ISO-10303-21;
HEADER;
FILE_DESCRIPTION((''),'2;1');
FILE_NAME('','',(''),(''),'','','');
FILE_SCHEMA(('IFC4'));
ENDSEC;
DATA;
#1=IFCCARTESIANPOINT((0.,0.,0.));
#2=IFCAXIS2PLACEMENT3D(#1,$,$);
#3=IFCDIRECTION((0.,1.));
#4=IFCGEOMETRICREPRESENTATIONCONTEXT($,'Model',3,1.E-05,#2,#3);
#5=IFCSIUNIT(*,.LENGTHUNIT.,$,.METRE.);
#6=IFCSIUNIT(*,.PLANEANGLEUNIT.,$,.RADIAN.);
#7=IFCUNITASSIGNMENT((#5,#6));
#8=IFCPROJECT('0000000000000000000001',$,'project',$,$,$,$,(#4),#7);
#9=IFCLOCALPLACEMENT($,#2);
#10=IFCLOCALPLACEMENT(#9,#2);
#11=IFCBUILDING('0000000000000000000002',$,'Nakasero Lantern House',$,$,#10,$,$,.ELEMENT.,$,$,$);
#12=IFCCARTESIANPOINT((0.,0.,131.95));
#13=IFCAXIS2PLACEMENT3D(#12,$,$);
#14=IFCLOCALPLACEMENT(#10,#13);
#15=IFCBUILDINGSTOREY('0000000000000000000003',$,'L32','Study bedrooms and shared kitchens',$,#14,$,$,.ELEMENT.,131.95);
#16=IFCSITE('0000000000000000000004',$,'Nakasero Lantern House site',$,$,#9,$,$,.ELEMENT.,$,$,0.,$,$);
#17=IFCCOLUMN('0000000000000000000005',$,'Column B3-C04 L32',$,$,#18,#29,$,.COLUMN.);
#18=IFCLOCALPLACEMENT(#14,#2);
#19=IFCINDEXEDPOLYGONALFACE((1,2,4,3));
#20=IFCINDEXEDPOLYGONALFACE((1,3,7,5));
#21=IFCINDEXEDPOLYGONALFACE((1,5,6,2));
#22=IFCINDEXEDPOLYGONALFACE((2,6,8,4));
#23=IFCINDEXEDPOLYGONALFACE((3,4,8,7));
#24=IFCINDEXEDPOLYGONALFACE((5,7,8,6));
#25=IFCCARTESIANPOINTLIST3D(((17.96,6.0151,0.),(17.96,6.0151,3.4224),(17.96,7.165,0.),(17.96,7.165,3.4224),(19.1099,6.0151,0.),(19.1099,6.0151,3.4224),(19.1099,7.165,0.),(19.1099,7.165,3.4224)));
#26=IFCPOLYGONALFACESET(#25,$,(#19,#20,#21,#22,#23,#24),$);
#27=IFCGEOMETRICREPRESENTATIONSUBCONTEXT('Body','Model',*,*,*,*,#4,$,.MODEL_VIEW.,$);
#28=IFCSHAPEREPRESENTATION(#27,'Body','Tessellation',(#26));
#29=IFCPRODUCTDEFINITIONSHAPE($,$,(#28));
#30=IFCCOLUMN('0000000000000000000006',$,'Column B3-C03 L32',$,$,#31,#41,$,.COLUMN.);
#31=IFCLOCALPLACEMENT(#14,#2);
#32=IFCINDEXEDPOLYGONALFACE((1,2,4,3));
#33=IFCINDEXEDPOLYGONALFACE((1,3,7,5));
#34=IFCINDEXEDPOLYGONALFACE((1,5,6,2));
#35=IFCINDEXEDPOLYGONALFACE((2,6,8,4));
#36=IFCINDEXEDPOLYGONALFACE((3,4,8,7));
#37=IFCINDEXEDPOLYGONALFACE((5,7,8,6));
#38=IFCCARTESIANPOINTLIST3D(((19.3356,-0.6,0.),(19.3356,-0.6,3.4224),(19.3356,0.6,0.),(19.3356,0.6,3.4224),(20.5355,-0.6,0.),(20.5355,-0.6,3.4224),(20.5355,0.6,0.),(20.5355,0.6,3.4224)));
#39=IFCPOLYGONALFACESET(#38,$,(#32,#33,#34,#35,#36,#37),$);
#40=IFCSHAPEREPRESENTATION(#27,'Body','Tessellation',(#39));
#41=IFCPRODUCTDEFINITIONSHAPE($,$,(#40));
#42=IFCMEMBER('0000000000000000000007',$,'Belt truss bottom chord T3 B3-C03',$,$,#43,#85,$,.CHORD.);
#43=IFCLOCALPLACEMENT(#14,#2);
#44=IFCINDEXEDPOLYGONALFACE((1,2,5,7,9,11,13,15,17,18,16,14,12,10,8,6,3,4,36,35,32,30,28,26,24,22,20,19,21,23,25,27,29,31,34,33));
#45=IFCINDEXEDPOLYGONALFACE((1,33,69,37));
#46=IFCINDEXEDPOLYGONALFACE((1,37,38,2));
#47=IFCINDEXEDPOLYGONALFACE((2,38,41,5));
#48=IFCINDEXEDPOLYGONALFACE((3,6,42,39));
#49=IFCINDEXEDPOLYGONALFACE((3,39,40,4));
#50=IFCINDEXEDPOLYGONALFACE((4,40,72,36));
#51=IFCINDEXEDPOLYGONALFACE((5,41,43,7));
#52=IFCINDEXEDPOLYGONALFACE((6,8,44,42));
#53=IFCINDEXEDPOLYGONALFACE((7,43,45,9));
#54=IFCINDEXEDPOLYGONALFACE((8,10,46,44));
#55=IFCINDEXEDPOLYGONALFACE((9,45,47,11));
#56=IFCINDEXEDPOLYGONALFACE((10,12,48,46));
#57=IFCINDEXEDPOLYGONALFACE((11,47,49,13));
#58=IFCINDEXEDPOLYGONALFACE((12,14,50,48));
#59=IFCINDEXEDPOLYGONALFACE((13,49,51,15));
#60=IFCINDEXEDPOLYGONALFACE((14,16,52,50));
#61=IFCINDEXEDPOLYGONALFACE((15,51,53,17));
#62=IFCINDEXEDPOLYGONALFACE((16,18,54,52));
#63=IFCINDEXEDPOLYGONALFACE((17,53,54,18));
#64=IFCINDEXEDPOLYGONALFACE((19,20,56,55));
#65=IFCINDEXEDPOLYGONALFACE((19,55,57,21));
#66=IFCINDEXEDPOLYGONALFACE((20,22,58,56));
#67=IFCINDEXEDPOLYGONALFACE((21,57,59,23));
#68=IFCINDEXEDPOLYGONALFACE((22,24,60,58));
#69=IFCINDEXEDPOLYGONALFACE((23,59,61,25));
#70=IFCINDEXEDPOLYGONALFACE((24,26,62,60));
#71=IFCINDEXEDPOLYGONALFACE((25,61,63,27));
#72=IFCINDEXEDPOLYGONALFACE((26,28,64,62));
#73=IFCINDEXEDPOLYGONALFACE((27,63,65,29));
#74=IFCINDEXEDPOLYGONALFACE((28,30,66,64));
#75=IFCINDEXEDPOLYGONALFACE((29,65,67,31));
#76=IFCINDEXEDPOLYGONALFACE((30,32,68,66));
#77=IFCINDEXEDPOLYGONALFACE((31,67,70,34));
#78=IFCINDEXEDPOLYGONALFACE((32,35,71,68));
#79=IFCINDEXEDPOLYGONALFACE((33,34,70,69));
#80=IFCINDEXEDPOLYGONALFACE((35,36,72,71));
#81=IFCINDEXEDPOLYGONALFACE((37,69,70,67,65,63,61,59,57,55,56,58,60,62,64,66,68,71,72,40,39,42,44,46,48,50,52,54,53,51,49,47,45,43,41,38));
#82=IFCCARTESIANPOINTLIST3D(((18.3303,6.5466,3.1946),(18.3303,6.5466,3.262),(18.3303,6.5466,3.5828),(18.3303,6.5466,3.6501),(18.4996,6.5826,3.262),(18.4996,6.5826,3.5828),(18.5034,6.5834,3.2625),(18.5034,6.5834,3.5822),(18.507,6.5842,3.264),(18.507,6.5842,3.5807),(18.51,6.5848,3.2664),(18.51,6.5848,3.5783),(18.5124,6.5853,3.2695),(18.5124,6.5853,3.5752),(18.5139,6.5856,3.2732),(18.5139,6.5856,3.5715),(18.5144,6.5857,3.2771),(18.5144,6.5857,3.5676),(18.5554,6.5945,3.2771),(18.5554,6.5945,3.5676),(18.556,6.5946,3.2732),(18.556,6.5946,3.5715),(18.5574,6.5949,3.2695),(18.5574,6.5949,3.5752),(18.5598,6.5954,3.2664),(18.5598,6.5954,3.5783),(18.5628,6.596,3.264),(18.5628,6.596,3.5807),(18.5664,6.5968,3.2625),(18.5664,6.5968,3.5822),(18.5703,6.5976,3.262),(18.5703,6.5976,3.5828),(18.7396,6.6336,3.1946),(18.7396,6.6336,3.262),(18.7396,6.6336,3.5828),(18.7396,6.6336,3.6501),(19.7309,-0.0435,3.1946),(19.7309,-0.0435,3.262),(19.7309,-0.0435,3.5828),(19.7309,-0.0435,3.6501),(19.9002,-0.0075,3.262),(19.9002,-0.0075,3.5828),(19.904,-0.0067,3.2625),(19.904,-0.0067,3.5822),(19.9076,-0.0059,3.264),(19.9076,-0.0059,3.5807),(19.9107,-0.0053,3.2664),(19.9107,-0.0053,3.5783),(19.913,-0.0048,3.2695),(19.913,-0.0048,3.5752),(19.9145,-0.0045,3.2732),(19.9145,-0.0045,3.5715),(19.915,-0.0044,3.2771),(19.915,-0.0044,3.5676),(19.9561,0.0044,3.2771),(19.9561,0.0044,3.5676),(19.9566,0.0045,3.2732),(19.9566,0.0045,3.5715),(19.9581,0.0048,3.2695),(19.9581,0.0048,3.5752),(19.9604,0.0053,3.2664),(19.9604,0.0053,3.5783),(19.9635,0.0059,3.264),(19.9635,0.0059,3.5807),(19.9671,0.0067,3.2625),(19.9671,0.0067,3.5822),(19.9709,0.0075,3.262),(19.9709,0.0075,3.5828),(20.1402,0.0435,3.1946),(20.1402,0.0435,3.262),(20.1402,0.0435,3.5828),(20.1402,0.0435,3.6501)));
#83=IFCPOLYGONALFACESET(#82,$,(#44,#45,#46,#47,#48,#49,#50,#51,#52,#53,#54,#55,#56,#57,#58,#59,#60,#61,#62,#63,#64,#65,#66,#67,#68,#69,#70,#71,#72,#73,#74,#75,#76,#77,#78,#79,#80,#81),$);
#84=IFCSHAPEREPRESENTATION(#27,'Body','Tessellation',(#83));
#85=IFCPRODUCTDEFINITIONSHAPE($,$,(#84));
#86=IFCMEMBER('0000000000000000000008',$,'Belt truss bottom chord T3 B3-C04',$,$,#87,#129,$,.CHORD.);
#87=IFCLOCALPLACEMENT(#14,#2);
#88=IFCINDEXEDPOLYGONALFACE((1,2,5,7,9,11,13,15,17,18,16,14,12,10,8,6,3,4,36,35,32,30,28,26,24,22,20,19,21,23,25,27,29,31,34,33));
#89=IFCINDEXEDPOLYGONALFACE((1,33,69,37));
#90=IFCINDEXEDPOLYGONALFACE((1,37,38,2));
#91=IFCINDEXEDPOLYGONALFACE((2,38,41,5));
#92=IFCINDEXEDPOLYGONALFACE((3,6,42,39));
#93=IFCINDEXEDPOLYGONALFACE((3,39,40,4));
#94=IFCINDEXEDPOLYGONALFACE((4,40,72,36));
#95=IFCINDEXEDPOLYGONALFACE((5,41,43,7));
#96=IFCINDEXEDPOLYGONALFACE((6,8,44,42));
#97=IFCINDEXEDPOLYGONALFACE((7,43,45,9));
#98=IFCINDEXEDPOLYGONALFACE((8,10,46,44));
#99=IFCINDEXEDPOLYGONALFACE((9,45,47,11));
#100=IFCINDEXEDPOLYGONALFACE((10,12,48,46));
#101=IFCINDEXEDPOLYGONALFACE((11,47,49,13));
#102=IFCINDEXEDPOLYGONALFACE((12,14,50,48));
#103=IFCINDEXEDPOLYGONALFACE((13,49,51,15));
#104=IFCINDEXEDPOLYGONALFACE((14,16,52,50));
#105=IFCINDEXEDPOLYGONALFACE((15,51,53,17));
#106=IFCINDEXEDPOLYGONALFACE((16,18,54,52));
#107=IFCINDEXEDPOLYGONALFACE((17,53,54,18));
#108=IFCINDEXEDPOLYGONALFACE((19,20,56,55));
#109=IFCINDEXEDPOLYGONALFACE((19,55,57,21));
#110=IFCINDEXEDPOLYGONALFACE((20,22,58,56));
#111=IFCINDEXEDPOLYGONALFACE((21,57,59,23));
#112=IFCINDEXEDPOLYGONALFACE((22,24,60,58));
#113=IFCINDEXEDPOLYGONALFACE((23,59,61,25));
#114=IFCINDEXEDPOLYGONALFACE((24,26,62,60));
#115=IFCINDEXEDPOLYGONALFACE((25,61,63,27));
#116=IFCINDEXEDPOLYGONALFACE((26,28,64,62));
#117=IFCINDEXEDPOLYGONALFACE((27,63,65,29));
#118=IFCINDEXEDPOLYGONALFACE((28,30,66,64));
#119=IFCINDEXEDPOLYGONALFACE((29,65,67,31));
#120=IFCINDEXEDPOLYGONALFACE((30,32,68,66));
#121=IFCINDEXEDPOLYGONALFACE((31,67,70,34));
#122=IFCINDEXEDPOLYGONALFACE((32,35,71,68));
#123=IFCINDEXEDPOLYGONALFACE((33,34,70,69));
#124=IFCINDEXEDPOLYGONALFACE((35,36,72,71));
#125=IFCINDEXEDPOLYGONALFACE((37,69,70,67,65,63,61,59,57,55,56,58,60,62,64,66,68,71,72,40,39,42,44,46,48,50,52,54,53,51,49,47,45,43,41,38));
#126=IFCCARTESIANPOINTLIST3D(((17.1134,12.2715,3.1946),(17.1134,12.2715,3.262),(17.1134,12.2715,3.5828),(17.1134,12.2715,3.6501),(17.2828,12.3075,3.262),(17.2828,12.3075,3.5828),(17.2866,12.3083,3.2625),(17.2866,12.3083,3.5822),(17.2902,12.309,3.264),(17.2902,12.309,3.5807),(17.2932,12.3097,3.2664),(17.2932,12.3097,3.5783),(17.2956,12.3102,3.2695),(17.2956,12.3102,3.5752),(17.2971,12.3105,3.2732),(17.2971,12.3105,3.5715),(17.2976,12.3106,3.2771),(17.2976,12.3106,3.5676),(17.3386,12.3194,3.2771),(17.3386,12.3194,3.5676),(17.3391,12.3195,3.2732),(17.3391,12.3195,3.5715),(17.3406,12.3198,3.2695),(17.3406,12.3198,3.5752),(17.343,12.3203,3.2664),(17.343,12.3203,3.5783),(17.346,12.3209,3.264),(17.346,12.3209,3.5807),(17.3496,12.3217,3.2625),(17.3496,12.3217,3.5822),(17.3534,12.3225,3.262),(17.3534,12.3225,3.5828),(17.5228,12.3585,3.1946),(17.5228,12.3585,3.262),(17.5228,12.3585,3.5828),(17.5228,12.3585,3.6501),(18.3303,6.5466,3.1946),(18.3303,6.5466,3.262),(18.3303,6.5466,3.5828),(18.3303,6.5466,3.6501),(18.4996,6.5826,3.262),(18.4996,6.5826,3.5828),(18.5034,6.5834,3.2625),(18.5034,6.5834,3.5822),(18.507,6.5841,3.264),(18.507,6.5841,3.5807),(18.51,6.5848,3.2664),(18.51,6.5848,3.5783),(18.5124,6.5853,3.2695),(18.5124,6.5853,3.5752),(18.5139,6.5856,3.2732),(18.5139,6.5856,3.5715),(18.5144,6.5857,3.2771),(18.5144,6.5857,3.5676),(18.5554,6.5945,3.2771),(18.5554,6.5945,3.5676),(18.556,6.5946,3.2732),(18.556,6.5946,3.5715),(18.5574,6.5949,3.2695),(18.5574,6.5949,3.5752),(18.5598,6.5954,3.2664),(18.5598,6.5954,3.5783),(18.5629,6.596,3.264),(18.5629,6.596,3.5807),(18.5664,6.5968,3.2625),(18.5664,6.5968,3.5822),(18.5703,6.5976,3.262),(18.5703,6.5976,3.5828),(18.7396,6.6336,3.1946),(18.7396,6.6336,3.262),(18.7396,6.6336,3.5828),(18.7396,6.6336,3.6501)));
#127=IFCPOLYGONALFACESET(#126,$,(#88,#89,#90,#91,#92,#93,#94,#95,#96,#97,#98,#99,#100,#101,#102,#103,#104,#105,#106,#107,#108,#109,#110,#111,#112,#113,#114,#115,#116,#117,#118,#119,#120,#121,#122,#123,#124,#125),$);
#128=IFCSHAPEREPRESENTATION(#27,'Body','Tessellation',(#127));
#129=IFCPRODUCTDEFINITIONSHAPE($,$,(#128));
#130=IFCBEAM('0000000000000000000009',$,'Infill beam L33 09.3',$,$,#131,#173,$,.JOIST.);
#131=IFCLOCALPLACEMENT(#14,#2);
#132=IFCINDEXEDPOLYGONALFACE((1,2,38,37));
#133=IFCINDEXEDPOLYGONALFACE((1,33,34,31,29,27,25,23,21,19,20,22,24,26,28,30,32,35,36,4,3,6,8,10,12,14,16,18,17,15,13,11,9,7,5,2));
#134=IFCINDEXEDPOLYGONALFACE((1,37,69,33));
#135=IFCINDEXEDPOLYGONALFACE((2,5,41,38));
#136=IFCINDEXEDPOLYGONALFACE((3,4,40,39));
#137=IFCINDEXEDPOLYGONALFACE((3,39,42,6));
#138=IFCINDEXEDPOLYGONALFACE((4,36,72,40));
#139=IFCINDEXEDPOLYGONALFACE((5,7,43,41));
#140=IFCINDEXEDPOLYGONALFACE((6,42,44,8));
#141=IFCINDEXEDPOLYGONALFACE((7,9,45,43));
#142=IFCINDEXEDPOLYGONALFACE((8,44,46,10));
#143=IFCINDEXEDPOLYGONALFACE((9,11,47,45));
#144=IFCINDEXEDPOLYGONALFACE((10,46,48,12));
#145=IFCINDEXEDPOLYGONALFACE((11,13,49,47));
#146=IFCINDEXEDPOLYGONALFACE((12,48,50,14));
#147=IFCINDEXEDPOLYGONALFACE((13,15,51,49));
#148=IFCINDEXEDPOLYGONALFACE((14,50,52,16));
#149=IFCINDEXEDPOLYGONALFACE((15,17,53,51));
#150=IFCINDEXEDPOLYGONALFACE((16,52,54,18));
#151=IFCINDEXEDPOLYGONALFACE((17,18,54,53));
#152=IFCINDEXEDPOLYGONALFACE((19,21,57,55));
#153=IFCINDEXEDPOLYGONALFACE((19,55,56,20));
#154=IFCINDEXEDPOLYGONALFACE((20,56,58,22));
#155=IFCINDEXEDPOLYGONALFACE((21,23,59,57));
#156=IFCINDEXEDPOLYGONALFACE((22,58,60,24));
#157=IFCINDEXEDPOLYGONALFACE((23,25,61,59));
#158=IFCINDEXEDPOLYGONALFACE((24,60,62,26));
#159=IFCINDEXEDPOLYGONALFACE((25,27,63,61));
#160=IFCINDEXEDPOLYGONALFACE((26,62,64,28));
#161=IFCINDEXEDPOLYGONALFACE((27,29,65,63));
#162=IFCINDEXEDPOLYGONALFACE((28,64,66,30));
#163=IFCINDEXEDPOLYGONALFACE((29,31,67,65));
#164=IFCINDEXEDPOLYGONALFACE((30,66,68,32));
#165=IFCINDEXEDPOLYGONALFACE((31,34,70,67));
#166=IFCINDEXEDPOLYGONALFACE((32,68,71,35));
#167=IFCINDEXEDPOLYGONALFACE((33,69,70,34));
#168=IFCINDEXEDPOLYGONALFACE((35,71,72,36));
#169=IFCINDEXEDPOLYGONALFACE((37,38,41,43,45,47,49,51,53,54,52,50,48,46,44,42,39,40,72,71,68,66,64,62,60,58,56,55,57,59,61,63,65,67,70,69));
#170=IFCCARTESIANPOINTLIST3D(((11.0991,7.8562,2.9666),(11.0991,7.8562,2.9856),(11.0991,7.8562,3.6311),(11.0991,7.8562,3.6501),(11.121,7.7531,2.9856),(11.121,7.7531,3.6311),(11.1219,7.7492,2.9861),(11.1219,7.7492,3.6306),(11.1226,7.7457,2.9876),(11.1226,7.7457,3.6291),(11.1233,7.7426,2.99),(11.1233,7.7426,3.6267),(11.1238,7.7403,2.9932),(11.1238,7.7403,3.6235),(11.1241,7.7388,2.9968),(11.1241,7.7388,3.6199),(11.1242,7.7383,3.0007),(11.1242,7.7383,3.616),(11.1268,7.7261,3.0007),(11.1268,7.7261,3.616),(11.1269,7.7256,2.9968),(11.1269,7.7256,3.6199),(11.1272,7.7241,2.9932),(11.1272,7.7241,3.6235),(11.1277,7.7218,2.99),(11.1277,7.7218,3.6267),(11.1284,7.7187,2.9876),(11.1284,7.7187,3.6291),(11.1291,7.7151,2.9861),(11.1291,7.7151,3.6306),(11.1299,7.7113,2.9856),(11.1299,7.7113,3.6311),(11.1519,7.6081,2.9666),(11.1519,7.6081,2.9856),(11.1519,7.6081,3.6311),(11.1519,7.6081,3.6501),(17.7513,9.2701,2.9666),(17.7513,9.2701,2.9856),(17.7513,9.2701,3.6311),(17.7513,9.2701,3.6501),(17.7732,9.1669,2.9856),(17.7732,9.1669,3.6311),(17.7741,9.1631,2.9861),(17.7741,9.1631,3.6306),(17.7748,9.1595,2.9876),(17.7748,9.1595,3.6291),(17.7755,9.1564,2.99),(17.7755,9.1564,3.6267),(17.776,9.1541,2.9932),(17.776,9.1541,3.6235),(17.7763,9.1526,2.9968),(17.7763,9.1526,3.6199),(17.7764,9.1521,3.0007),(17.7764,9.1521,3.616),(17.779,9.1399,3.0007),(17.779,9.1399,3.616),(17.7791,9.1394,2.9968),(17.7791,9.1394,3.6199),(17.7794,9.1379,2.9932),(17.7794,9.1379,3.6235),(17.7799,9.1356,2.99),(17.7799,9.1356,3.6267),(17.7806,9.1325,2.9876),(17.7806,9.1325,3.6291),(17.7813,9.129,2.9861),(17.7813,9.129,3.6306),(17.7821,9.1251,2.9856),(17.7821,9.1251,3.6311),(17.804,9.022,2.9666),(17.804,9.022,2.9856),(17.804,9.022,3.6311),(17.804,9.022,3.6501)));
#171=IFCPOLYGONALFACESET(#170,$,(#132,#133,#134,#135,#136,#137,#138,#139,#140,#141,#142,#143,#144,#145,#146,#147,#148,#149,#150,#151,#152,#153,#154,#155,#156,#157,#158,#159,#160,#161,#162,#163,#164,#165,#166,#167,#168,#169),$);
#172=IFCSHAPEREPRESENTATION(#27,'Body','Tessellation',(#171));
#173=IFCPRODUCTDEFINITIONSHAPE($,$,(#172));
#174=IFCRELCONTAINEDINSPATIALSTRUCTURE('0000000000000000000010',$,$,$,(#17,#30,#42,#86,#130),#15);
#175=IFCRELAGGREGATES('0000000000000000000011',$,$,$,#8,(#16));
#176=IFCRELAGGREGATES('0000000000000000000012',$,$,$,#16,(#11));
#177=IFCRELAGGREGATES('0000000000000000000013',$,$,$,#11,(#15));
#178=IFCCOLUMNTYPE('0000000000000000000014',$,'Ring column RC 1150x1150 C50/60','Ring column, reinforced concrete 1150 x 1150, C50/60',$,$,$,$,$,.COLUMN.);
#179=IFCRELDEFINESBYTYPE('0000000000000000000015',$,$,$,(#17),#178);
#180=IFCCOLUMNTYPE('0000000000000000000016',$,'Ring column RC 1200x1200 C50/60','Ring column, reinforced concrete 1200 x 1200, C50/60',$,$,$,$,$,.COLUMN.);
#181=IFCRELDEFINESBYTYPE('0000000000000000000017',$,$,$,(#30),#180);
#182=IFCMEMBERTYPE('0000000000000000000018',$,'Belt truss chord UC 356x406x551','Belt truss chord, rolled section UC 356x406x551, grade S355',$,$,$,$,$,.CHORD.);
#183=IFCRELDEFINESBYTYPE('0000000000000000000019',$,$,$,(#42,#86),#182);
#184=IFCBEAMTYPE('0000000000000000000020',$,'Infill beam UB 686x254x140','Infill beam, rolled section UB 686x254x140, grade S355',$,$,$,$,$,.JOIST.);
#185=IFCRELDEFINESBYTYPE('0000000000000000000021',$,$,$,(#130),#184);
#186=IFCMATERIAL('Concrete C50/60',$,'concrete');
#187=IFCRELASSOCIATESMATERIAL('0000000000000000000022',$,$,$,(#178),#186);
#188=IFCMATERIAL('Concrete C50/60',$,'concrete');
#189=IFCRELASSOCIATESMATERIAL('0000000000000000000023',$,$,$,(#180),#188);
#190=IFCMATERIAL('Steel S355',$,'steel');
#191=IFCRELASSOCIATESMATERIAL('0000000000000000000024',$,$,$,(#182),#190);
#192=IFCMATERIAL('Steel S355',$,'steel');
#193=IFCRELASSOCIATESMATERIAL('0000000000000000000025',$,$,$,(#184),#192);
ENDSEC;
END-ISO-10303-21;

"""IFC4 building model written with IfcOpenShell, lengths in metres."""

from ifc_helpers import new_model, si_unit, direction, frame, origin, origin_2d, place, context, subcontext, project, spatial, rectangle, i_section, extrude, material, material_profile, profile_set, type_object, element, save


model = new_model("IFC4")

# Units and contexts
model_context = context("Model", 3, precision=1e-05, world=origin(), true_north=direction((0.0, 1.0)))
body_context = subcontext(model_context, "Body", "Model", "MODEL_VIEW")
ifc_project = project(units=[si_unit("LENGTHUNIT", "METRE"), si_unit("PLANEANGLEUNIT", "RADIAN")], contexts=[model_context])

# Site, building, storey
site_placement = place(None, origin())
site = spatial("IfcSite", under=ifc_project, at=site_placement, Name="Nakasero Lantern House site", CompositionType="ELEMENT", RefElevation=0.0)
building_placement = place(site_placement, origin())
building = spatial("IfcBuilding", under=site, at=building_placement, Name="Nakasero Lantern House", CompositionType="ELEMENT")
storey_placement = place(building_placement, frame((0.0, 0.0, 131.95)))
storey = spatial("IfcBuildingStorey", under=building, at=storey_placement, Name="L32", Description="Study bedrooms and shared kitchens", CompositionType="ELEMENT", Elevation=131.95)

# Columns
ifc_material_1 = material(Name="Concrete C50/60", Category="concrete")
ifc_material_profile_1 = material_profile(ifc_material_1, rectangle(XDim=1.1499, YDim=1.1499, at=origin_2d()), Name="RC 1150x1150")
ifc_profile_set_1 = profile_set([ifc_material_profile_1], Name="Concrete C50/60")
column_type_1 = type_object("IfcColumnType", Name="Ring column RC 1150x1150 C50/60", Description="Ring column, reinforced concrete 1150 x 1150, C50/60", PredefinedType="COLUMN", material=ifc_profile_set_1)
column_1_placement = place(storey_placement, frame((18.5349, 6.5901, 0.0), z_axis=(0.0, 0.0, 1.0), x_axis=(1.0, 0.0, 0.0)))
element("IfcColumn", 1, at=column_1_placement, inside=storey, type_object=column_type_1, Name="Column B3-C04 L32", PredefinedType="COLUMN", context=body_context, shape_type="SweptSolid", body=[
    extrude(rectangle(XDim=1.1499, YDim=1.1499, at=origin_2d()), origin(), (0.0, 0.0, 1.0), 3.4224),
])
ifc_material_2 = material(Name="Concrete C50/60", Category="concrete")
ifc_material_profile_2 = material_profile(ifc_material_2, rectangle(XDim=1.2, YDim=1.2, at=origin_2d()), Name="RC 1200x1200")
ifc_profile_set_2 = profile_set([ifc_material_profile_2], Name="Concrete C50/60")
column_type_2 = type_object("IfcColumnType", Name="Ring column RC 1200x1200 C50/60", Description="Ring column, reinforced concrete 1200 x 1200, C50/60", PredefinedType="COLUMN", material=ifc_profile_set_2)
column_2_placement = place(storey_placement, frame((19.9355, 0.0, 0.0), z_axis=(0.0, 0.0, 1.0), x_axis=(1.0, 0.0, 0.0)))
element("IfcColumn", 2, at=column_2_placement, inside=storey, type_object=column_type_2, Name="Column B3-C03 L32", PredefinedType="COLUMN", context=body_context, shape_type="SweptSolid", body=[
    extrude(rectangle(XDim=1.2, YDim=1.2, at=origin_2d()), origin(), (0.0, 0.0, 1.0), 3.4224),
])

# Members
ifc_material_3 = material(Name="Steel S355", Category="steel")
ifc_material_profile_3 = material_profile(ifc_material_3, i_section(OverallWidth=0.4185, OverallDepth=0.4556, WebThickness=0.042, FlangeThickness=0.0674, FilletRadius=0.0151, at=origin_2d()), Name="UC 356x406x551")
ifc_profile_set_3 = profile_set([ifc_material_profile_3], Name="Steel S355")
member_type = type_object("IfcMemberType", Name="Belt truss chord UC 356x406x551", Description="Belt truss chord, rolled section UC 356x406x551, grade S355", PredefinedType="CHORD", material=ifc_profile_set_3)
member_1_placement = place(storey_placement, frame((19.9355, 0.0, 3.4224), z_axis=(-0.207893, 0.978152, 0.0), x_axis=(-0.978152, -0.207893, 0.0)))
element("IfcMember", 3, at=member_1_placement, inside=storey, type_object=member_type, Name="Belt truss bottom chord T3 B3-C03", PredefinedType="CHORD", context=body_context, shape_type="SweptSolid", body=[
    extrude(i_section(OverallWidth=0.4185, OverallDepth=0.4556, WebThickness=0.042, FlangeThickness=0.0674, FilletRadius=0.0151, at=origin_2d()), origin(), (0.0, 0.0, 1.0), 6.7373),
])
member_2_placement = place(storey_placement, frame((18.5349, 6.5901, 3.4224), z_axis=(-0.207902, 0.97815, 0.0), x_axis=(-0.97815, -0.207902, 0.0)))
element("IfcMember", 4, at=member_2_placement, inside=storey, type_object=member_type, Name="Belt truss bottom chord T3 B3-C04", PredefinedType="CHORD", context=body_context, shape_type="SweptSolid", body=[
    extrude(i_section(OverallWidth=0.4185, OverallDepth=0.4556, WebThickness=0.042, FlangeThickness=0.0674, FilletRadius=0.0151, at=origin_2d()), origin(), (0.0, 0.0, 1.0), 5.8528),
])

# Beam
ifc_material_4 = material(Name="Steel S355", Category="steel")
ifc_material_profile_4 = material_profile(ifc_material_4, i_section(OverallWidth=0.2537, OverallDepth=0.6836, WebThickness=0.0125, FlangeThickness=0.019, FilletRadius=0.0151, at=origin_2d()), Name="UB 686x254x140")
ifc_profile_set_4 = profile_set([ifc_material_profile_4], Name="Steel S355")
beam_type_1 = type_object("IfcBeamType", Name="Infill beam UB 686x254x140", Description="Infill beam, rolled section UB 686x254x140, grade S355", PredefinedType="JOIST", material=ifc_profile_set_4)
beam_1_placement = place(storey_placement, frame((11.1255, 7.7322, 3.3083), z_axis=(0.978151, 0.207894, 0.0), x_axis=(-0.207894, 0.978151, 0.0)))
element("IfcBeam", 5, at=beam_1_placement, inside=storey, type_object=beam_type_1, Name="Infill beam L33 09.3", PredefinedType="JOIST", context=body_context, shape_type="SweptSolid", body=[
    extrude(i_section(OverallWidth=0.2537, OverallDepth=0.6836, WebThickness=0.0125, FlangeThickness=0.019, FilletRadius=0.0151, at=origin_2d()), origin(), (0.0, 0.0, 1.0), 6.8008),
])

save(model, "model.ifc")
